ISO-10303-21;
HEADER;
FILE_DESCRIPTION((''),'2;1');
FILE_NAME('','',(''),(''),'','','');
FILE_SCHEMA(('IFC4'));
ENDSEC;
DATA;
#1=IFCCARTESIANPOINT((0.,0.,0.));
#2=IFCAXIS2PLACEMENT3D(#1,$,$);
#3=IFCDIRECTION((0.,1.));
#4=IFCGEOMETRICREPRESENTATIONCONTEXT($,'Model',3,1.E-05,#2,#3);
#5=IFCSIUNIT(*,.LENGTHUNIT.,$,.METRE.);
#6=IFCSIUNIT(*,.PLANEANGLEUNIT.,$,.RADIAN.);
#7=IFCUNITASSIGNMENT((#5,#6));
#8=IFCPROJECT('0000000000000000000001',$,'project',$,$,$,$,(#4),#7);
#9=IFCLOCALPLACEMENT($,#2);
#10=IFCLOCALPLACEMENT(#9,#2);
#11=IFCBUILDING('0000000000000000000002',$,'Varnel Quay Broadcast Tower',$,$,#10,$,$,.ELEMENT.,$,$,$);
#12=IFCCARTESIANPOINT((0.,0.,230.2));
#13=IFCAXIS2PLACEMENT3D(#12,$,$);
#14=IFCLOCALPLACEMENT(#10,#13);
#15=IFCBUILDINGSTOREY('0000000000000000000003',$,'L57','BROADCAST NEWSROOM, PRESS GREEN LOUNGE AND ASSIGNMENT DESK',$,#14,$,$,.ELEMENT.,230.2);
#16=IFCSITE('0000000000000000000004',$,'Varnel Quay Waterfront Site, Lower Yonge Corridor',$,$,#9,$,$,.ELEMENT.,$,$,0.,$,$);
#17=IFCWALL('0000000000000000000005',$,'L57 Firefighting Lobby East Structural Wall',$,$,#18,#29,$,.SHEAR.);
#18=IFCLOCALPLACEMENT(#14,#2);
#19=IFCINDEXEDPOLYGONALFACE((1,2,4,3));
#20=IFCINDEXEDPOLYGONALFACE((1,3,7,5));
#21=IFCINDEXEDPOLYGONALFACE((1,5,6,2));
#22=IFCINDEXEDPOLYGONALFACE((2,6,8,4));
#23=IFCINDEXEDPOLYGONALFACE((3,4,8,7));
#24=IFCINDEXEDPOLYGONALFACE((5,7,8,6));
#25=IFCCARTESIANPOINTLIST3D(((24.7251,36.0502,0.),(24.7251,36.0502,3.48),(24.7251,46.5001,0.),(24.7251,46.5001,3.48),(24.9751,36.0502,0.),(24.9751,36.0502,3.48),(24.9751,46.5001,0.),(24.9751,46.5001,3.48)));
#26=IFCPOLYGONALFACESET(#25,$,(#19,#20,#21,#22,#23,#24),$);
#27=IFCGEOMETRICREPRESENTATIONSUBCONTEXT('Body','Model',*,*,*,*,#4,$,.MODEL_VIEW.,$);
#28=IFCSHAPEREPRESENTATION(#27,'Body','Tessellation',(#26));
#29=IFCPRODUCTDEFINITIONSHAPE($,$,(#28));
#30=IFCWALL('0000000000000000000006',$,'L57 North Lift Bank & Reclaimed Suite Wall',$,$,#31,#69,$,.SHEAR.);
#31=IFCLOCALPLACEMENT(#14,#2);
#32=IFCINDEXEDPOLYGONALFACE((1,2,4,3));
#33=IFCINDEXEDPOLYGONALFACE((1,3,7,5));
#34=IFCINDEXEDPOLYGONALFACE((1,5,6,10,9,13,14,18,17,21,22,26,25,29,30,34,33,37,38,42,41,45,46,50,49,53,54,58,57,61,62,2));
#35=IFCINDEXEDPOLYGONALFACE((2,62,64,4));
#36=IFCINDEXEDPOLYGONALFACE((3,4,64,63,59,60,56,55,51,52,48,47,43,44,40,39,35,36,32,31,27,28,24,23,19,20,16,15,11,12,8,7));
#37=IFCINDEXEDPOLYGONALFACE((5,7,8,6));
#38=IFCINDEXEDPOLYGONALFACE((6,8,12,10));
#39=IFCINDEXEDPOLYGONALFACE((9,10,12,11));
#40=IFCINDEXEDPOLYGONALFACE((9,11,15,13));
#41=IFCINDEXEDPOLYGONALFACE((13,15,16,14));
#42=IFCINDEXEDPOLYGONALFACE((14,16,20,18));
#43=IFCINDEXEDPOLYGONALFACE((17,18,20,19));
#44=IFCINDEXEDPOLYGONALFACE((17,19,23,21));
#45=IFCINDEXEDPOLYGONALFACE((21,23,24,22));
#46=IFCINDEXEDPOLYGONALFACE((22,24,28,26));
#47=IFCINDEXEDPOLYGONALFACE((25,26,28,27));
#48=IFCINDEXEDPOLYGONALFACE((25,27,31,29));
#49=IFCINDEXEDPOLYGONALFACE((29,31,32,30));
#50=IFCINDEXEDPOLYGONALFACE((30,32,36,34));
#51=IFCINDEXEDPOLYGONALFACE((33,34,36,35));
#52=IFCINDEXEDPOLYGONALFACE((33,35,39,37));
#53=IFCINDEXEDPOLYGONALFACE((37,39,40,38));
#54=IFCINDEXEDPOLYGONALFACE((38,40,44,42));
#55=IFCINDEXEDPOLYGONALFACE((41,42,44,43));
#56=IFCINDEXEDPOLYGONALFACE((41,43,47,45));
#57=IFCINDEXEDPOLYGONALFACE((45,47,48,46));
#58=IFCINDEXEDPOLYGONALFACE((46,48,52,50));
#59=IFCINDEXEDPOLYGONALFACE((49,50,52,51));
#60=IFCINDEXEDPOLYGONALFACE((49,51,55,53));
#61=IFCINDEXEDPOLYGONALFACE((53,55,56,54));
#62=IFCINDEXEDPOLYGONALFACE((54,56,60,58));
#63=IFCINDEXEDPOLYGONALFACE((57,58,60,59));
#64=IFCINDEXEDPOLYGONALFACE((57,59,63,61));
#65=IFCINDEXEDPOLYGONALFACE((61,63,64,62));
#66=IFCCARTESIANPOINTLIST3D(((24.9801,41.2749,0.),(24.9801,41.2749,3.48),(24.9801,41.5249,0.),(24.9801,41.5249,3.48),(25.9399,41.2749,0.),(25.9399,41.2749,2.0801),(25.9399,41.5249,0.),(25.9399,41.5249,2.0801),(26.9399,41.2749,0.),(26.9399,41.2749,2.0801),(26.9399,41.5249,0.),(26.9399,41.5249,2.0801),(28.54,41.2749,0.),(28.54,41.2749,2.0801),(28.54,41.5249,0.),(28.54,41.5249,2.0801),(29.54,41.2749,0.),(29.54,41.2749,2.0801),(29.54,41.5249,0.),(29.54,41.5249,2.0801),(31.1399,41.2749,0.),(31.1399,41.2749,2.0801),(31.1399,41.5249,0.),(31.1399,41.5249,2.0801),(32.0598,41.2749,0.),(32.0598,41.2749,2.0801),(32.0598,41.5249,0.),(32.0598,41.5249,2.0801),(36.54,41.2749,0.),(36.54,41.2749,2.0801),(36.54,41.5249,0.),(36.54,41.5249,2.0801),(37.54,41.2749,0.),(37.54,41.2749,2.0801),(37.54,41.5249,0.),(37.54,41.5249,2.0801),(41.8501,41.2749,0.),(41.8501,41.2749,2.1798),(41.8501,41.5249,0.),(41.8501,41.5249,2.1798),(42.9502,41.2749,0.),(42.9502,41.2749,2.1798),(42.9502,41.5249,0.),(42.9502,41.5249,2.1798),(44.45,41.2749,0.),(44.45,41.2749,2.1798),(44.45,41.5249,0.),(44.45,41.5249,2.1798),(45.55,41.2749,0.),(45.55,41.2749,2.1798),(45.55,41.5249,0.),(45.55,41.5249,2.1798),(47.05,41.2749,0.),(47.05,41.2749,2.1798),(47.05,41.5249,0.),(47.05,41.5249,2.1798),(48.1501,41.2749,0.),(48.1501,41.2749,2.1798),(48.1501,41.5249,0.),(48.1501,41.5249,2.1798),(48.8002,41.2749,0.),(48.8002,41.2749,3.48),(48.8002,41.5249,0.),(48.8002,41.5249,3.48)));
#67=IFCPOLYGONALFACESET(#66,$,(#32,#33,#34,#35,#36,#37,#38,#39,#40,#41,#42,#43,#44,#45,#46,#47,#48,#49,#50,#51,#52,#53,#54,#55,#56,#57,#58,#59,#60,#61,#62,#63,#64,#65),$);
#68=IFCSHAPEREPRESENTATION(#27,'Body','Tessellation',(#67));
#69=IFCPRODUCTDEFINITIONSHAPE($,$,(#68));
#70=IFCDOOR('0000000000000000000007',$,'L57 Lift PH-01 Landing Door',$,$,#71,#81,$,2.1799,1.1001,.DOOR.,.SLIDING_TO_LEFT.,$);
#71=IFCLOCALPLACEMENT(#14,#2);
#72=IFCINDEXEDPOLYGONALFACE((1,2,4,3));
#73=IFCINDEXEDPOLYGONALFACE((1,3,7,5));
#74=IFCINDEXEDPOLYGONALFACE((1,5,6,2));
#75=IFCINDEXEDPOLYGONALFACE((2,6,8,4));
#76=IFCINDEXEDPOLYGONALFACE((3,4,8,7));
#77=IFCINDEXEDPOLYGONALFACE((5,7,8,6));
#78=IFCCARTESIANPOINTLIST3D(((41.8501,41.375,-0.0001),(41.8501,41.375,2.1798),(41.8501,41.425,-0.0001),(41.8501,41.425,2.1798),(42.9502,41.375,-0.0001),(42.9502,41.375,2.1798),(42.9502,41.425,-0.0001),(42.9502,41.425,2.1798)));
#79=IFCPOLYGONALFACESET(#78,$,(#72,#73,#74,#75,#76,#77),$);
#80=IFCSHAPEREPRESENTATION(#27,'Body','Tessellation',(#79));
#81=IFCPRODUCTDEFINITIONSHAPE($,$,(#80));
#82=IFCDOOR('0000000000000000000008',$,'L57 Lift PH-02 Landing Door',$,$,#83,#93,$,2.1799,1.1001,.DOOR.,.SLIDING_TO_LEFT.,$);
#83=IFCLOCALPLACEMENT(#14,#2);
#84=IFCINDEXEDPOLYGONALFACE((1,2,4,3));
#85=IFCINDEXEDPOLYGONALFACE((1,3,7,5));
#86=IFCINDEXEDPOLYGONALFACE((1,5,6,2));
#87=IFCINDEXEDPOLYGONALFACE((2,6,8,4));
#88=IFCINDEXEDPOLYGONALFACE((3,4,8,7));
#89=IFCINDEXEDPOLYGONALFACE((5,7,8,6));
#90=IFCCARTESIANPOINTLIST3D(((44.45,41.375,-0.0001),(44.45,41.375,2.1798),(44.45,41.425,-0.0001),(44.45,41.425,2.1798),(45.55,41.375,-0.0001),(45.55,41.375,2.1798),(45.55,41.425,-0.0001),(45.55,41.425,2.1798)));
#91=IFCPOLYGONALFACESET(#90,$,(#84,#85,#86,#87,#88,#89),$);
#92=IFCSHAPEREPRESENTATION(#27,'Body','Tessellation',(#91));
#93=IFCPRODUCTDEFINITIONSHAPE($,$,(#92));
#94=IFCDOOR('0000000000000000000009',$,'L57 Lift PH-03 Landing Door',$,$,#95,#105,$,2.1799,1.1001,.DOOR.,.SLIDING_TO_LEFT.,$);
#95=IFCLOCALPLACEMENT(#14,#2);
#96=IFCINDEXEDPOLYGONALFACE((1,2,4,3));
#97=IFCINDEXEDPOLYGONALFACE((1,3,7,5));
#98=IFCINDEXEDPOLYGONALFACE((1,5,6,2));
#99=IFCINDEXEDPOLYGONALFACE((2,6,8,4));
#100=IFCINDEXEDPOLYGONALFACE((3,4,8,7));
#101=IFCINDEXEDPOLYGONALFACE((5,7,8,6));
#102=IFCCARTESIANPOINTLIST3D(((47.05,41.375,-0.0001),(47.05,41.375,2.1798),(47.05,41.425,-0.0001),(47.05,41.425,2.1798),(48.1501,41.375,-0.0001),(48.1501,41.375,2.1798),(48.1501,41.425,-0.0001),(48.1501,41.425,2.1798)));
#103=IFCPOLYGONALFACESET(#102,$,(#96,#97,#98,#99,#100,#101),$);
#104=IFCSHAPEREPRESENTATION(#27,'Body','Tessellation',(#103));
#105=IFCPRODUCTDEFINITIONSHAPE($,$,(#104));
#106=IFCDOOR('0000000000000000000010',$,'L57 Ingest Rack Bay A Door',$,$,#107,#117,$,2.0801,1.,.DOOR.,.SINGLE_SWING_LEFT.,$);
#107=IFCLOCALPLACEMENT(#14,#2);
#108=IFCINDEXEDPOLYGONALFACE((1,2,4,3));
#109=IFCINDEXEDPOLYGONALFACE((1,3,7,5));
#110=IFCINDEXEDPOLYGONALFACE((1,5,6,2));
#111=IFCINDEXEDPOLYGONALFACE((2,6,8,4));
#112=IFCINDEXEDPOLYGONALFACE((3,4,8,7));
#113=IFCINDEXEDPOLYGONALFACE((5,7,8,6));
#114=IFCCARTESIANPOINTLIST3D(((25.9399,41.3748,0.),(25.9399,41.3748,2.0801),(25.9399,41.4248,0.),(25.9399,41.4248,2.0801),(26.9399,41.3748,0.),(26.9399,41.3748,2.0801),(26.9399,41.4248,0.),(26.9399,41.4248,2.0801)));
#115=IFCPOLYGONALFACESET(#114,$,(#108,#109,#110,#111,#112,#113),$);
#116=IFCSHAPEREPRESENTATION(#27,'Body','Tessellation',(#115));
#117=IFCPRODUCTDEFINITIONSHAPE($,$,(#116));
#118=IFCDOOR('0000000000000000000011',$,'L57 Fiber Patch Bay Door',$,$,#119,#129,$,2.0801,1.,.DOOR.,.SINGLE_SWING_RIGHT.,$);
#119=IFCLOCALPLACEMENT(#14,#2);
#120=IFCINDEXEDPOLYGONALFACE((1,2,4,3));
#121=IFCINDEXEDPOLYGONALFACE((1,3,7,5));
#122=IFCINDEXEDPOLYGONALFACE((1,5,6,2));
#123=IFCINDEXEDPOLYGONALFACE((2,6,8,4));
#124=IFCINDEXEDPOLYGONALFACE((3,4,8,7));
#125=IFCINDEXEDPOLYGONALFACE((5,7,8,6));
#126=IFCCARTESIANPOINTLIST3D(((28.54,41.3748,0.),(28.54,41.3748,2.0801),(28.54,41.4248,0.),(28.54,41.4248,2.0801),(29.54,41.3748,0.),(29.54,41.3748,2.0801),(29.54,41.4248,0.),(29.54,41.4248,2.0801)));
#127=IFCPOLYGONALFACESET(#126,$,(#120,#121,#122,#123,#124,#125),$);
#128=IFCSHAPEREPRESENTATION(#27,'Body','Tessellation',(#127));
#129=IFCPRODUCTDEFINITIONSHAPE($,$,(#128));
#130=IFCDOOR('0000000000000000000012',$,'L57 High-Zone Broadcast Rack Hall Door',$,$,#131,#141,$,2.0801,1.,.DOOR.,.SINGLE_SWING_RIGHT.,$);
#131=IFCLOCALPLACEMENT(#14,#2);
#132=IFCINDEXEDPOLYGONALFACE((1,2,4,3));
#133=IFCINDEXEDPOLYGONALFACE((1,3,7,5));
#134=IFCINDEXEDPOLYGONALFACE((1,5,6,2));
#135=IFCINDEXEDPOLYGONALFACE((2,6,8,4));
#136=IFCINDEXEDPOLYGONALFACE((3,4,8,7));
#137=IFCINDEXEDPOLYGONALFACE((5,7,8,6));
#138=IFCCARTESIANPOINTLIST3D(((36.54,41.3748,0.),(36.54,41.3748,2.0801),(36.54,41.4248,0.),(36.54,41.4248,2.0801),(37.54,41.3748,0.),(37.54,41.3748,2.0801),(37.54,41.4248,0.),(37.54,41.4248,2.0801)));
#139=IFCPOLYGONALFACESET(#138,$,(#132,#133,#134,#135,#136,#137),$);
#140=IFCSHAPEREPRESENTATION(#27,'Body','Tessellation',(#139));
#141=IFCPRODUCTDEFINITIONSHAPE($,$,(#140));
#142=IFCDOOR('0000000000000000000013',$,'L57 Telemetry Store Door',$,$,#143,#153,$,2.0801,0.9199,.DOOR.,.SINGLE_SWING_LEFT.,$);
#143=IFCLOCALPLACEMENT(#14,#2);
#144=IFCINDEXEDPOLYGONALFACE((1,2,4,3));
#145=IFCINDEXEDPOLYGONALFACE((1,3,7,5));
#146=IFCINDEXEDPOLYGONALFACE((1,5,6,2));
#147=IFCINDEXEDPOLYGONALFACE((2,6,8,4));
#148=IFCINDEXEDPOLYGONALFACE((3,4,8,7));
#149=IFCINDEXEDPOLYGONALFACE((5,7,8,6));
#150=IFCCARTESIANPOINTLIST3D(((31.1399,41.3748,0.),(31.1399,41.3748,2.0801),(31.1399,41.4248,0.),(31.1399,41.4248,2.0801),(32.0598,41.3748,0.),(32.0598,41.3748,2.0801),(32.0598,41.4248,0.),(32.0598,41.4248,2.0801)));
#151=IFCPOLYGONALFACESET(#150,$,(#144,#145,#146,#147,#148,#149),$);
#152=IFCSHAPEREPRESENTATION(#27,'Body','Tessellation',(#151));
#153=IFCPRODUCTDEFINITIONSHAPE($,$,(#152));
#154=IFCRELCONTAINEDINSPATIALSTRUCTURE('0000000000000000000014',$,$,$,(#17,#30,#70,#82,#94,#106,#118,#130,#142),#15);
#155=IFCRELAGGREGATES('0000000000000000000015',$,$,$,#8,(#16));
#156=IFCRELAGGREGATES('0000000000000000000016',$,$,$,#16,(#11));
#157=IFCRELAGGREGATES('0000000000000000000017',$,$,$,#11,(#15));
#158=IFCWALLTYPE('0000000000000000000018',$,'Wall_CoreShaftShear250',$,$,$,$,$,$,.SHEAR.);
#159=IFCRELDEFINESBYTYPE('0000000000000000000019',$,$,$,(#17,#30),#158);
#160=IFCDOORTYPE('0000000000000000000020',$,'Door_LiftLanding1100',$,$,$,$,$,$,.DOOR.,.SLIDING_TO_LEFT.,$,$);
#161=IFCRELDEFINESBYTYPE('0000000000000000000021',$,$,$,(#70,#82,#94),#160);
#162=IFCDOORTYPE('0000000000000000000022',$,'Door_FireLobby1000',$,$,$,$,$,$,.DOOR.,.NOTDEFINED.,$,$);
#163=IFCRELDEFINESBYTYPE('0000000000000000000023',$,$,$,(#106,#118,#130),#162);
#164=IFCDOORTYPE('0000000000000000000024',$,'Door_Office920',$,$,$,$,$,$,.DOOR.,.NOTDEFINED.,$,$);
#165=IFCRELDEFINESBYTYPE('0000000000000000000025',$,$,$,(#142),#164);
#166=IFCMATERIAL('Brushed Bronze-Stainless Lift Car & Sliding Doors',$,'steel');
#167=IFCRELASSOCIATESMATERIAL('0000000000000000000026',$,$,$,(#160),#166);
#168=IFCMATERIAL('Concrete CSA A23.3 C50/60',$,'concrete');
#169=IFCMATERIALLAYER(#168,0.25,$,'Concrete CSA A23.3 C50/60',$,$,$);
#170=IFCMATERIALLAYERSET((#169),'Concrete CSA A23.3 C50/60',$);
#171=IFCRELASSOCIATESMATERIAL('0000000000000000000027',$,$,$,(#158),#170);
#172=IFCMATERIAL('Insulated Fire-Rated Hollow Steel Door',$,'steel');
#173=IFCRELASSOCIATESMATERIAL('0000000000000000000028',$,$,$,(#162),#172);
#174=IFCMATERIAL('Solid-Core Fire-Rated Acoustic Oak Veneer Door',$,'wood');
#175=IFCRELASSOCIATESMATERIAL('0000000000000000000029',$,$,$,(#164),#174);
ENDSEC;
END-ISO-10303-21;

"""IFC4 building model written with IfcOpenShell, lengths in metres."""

from ifc_helpers import new_model, si_unit, direction, frame, frame_2d, origin, place, context, subcontext, project, spatial, rectangle, extrude, source, transform, mapped, material, layer, layer_set, type_object, type_shapes, element, fill, save


model = new_model("IFC4")

# Units and contexts
model_context = context("Model", 3, precision=1e-05, world=origin(), true_north=direction((0.0, 1.0)))
body_context = subcontext(model_context, "Body", "Model", "MODEL_VIEW")
ifc_project = project(units=[si_unit("LENGTHUNIT", "METRE"), si_unit("PLANEANGLEUNIT", "RADIAN")], contexts=[model_context])

# Site, building, storey
site_placement = place(None, origin())
site = spatial("IfcSite", under=ifc_project, at=site_placement, Name="Varnel Quay Waterfront Site, Lower Yonge Corridor", CompositionType="ELEMENT", RefElevation=0.0)
building_placement = place(site_placement, origin())
building = spatial("IfcBuilding", under=site, at=building_placement, Name="Varnel Quay Broadcast Tower", CompositionType="ELEMENT")
storey_placement = place(building_placement, frame((0.0, 0.0, 230.2)))
storey = spatial("IfcBuildingStorey", under=building, at=storey_placement, Name="L57", Description="BROADCAST NEWSROOM, PRESS GREEN LOUNGE AND ASSIGNMENT DESK", CompositionType="ELEMENT", Elevation=230.2)

# Shared definitions
ifc_material_1 = material(Name="Concrete CSA A23.3 C50/60", Category="concrete")
ifc_material_2 = material(Name="Insulated Fire-Rated Hollow Steel Door", Category="steel")

# Shared definitions
ifc_material_3 = material(Name="Brushed Bronze-Stainless Lift Car & Sliding Doors", Category="steel")
door_type_1 = type_object("IfcDoorType", Name="Door_LiftLanding1100", OperationType="SLIDING_TO_LEFT", PredefinedType="DOOR", material=ifc_material_3)
shared_shape_1 = source(origin(), body_context, "Body", "SweptSolid", [
    extrude(rectangle(XDim=1.1001, YDim=2.1799, at=frame_2d((0.55, 1.0898))), frame((0.0, 0.0249, 0.0), z_axis=(0.0, -1.0, 0.0), x_axis=(1.0, 0.0, 0.0)), (0.0, 0.0, 1.0), 0.05),
])
type_shapes(door_type_1, [shared_shape_1])

# Wall
ifc_layer_1 = layer(ifc_material_1, 0.25, Name="Concrete CSA A23.3 C50/60")
ifc_layer_set_1 = layer_set([ifc_layer_1], Name="Concrete CSA A23.3 C50/60")
wall_type_1 = type_object("IfcWallType", Name="Wall_CoreShaftShear250", PredefinedType="SHEAR", material=ifc_layer_set_1)
wall_1_placement = place(storey_placement, frame((24.8501, 36.05, 0.0), z_axis=(0.0, 0.0, 1.0), x_axis=(0.0, 1.0, 0.0)))
element("IfcWall", 1, at=wall_1_placement, inside=storey, type_object=wall_type_1, Name="L57 Firefighting Lobby East Structural Wall", PredefinedType="SHEAR", context=body_context, shape_type="SweptSolid", body=[
    extrude(rectangle(XDim=10.45, YDim=0.25, at=frame_2d((5.2251, 0.0))), origin(), (0.0, 0.0, 1.0), 3.48),
])

# Wall, openings, doors
wall_2_placement = place(storey_placement, frame((24.98, 41.3999, 0.0), z_axis=(0.0, 0.0, 1.0), x_axis=(1.0, 0.0, 0.0)))
wall_2 = element("IfcWall", 2, at=wall_2_placement, inside=storey, type_object=wall_type_1, Name="L57 North Lift Bank & Reclaimed Suite Wall", PredefinedType="SHEAR", context=body_context, shape_type="SweptSolid", body=[
    extrude(rectangle(XDim=23.8201, YDim=0.25, at=frame_2d((11.9102, 0.0))), origin(), (0.0, 0.0, 1.0), 3.48),
])
opening_1_placement = place(wall_2_placement, frame((16.8701, 0.0, 0.0)))
opening_1 = element("IfcOpeningElement", 3, at=opening_1_placement, cuts=wall_2, PredefinedType="OPENING", context=body_context, shape_type="SweptSolid", body=[
    extrude(rectangle(XDim=1.1001, YDim=2.1799, at=frame_2d((0.55, 1.0898))), frame((0.0, 0.135, 0.0), z_axis=(0.0, -1.0, 0.0), x_axis=(1.0, 0.0, 0.0)), (0.0, 0.0, 1.0), 0.27),
])
opening_2_placement = place(wall_2_placement, frame((19.47, 0.0, 0.0)))
opening_2 = element("IfcOpeningElement", 4, at=opening_2_placement, cuts=wall_2, PredefinedType="OPENING", context=body_context, shape_type="SweptSolid", body=[
    extrude(rectangle(XDim=1.1001, YDim=2.1799, at=frame_2d((0.55, 1.0898))), frame((0.0, 0.135, 0.0), z_axis=(0.0, -1.0, 0.0), x_axis=(1.0, 0.0, 0.0)), (0.0, 0.0, 1.0), 0.27),
])
opening_3_placement = place(wall_2_placement, frame((22.0701, 0.0, 0.0)))
opening_3 = element("IfcOpeningElement", 5, at=opening_3_placement, cuts=wall_2, PredefinedType="OPENING", context=body_context, shape_type="SweptSolid", body=[
    extrude(rectangle(XDim=1.1001, YDim=2.1799, at=frame_2d((0.55, 1.0898))), frame((0.0, 0.135, 0.0), z_axis=(0.0, -1.0, 0.0), x_axis=(1.0, 0.0, 0.0)), (0.0, 0.0, 1.0), 0.27),
])
opening_4_placement = place(wall_2_placement, frame((0.96, 0.0, 0.0)))
opening_4 = element("IfcOpeningElement", 6, at=opening_4_placement, cuts=wall_2, PredefinedType="OPENING", context=body_context, shape_type="SweptSolid", body=[
    extrude(rectangle(XDim=1.0, YDim=2.0801, at=frame_2d((0.5, 1.04))), frame((0.0, 0.135, 0.0), z_axis=(0.0, -1.0, 0.0), x_axis=(1.0, 0.0, 0.0)), (0.0, 0.0, 1.0), 0.27),
])
opening_5_placement = place(wall_2_placement, frame((3.5601, 0.0, 0.0)))
opening_5 = element("IfcOpeningElement", 7, at=opening_5_placement, cuts=wall_2, PredefinedType="OPENING", context=body_context, shape_type="SweptSolid", body=[
    extrude(rectangle(XDim=1.0, YDim=2.0801, at=frame_2d((0.5, 1.04))), frame((0.0, 0.135, 0.0), z_axis=(0.0, -1.0, 0.0), x_axis=(1.0, 0.0, 0.0)), (0.0, 0.0, 1.0), 0.27),
])
opening_6_placement = place(wall_2_placement, frame((6.1599, 0.0, 0.0)))
opening_6 = element("IfcOpeningElement", 8, at=opening_6_placement, cuts=wall_2, PredefinedType="OPENING", context=body_context, shape_type="SweptSolid", body=[
    extrude(rectangle(XDim=0.9199, YDim=2.0801, at=frame_2d((0.46, 1.04))), frame((0.0, 0.135, 0.0), z_axis=(0.0, -1.0, 0.0), x_axis=(1.0, 0.0, 0.0)), (0.0, 0.0, 1.0), 0.27),
])
opening_7_placement = place(wall_2_placement, frame((11.5601, 0.0, 0.0)))
opening_7 = element("IfcOpeningElement", 9, at=opening_7_placement, cuts=wall_2, PredefinedType="OPENING", context=body_context, shape_type="SweptSolid", body=[
    extrude(rectangle(XDim=1.0, YDim=2.0801, at=frame_2d((0.5, 1.04))), frame((0.0, 0.135, 0.0), z_axis=(0.0, -1.0, 0.0), x_axis=(1.0, 0.0, 0.0)), (0.0, 0.0, 1.0), 0.27),
])
door_1_placement = place(opening_1_placement, frame((1.1001, 0.0, 0.0), z_axis=(0.0, 0.0, 1.0), x_axis=(-1.0, 0.0, 0.0)))
door_1 = element("IfcDoor", 10, at=door_1_placement, inside=storey, type_object=door_type_1, Name="L57 Lift PH-01 Landing Door", OperationType="SLIDING_TO_LEFT", OverallHeight=2.1799, OverallWidth=1.1001, PredefinedType="DOOR", context=body_context, shape_type="MappedRepresentation", body=[
    mapped(shared_shape_1, transform((0.0, 0.0, 0.0), x_axis=(1.0, 0.0, 0.0), y_axis=(0.0, 1.0, 0.0), z_axis=(0.0, 0.0, 1.0), scale=1.0)),
])
fill(opening_1, door_1)
door_2_placement = place(opening_2_placement, frame((1.1001, 0.0, 0.0), z_axis=(0.0, 0.0, 1.0), x_axis=(-1.0, 0.0, 0.0)))
door_2 = element("IfcDoor", 11, at=door_2_placement, inside=storey, type_object=door_type_1, Name="L57 Lift PH-02 Landing Door", OperationType="SLIDING_TO_LEFT", OverallHeight=2.1799, OverallWidth=1.1001, PredefinedType="DOOR", context=body_context, shape_type="MappedRepresentation", body=[
    mapped(shared_shape_1, transform((0.0, 0.0, 0.0), x_axis=(1.0, 0.0, 0.0), y_axis=(0.0, 1.0, 0.0), z_axis=(0.0, 0.0, 1.0), scale=1.0)),
])
fill(opening_2, door_2)
door_3_placement = place(opening_3_placement, frame((1.1001, 0.0, 0.0), z_axis=(0.0, 0.0, 1.0), x_axis=(-1.0, 0.0, 0.0)))
door_3 = element("IfcDoor", 12, at=door_3_placement, inside=storey, type_object=door_type_1, Name="L57 Lift PH-03 Landing Door", OperationType="SLIDING_TO_LEFT", OverallHeight=2.1799, OverallWidth=1.1001, PredefinedType="DOOR", context=body_context, shape_type="MappedRepresentation", body=[
    mapped(shared_shape_1, transform((0.0, 0.0, 0.0), x_axis=(1.0, 0.0, 0.0), y_axis=(0.0, 1.0, 0.0), z_axis=(0.0, 0.0, 1.0), scale=1.0)),
])
fill(opening_3, door_3)
door_type_2 = type_object("IfcDoorType", Name="Door_FireLobby1000", OperationType="NOTDEFINED", PredefinedType="DOOR", material=ifc_material_2)
shared_shape_2 = source(origin(), body_context, "Body", "SweptSolid", [
    extrude(rectangle(XDim=1.0, YDim=2.0801, at=frame_2d((0.5, 1.04))), frame((0.0, 0.0249, 0.0), z_axis=(0.0, -1.0, 0.0), x_axis=(1.0, 0.0, 0.0)), (0.0, 0.0, 1.0), 0.05),
])
type_shapes(door_type_2, [shared_shape_2])
door_4_placement = place(opening_4_placement, origin())
door_4 = element("IfcDoor", 13, at=door_4_placement, inside=storey, type_object=door_type_2, Name="L57 Ingest Rack Bay A Door", OperationType="SINGLE_SWING_LEFT", OverallHeight=2.0801, OverallWidth=1.0, PredefinedType="DOOR", context=body_context, shape_type="MappedRepresentation", body=[
    mapped(shared_shape_2, transform((0.0, 0.0, 0.0), x_axis=(1.0, 0.0, 0.0), y_axis=(0.0, 1.0, 0.0), z_axis=(0.0, 0.0, 1.0), scale=1.0)),
])
fill(opening_4, door_4)
door_5_placement = place(opening_5_placement, origin())
door_5 = element("IfcDoor", 14, at=door_5_placement, inside=storey, type_object=door_type_2, Name="L57 Fiber Patch Bay Door", OperationType="SINGLE_SWING_RIGHT", OverallHeight=2.0801, OverallWidth=1.0, PredefinedType="DOOR", context=body_context, shape_type="MappedRepresentation", body=[
    mapped(shared_shape_2, transform((0.0, 0.0, 0.0), x_axis=(1.0, 0.0, 0.0), y_axis=(0.0, 1.0, 0.0), z_axis=(0.0, 0.0, 1.0), scale=1.0)),
])
fill(opening_5, door_5)
door_6_placement = place(opening_7_placement, origin())
door_6 = element("IfcDoor", 15, at=door_6_placement, inside=storey, type_object=door_type_2, Name="L57 High-Zone Broadcast Rack Hall Door", OperationType="SINGLE_SWING_RIGHT", OverallHeight=2.0801, OverallWidth=1.0, PredefinedType="DOOR", context=body_context, shape_type="MappedRepresentation", body=[
    mapped(shared_shape_2, transform((0.0, 0.0, 0.0), x_axis=(1.0, 0.0, 0.0), y_axis=(0.0, 1.0, 0.0), z_axis=(0.0, 0.0, 1.0), scale=1.0)),
])
fill(opening_7, door_6)
ifc_material_4 = material(Name="Solid-Core Fire-Rated Acoustic Oak Veneer Door", Category="wood")
door_type_3 = type_object("IfcDoorType", Name="Door_Office920", OperationType="NOTDEFINED", PredefinedType="DOOR", material=ifc_material_4)
shared_shape_3 = source(origin(), body_context, "Body", "SweptSolid", [
    extrude(rectangle(XDim=0.9199, YDim=2.0801, at=frame_2d((0.46, 1.04))), frame((0.0, 0.0249, 0.0), z_axis=(0.0, -1.0, 0.0), x_axis=(1.0, 0.0, 0.0)), (0.0, 0.0, 1.0), 0.05),
])
type_shapes(door_type_3, [shared_shape_3])
door_7_placement = place(opening_6_placement, origin())
door_7 = element("IfcDoor", 16, at=door_7_placement, inside=storey, type_object=door_type_3, Name="L57 Telemetry Store Door", OperationType="SINGLE_SWING_LEFT", OverallHeight=2.0801, OverallWidth=0.9199, PredefinedType="DOOR", context=body_context, shape_type="MappedRepresentation", body=[
    mapped(shared_shape_3, transform((0.0, 0.0, 0.0), x_axis=(1.0, 0.0, 0.0), y_axis=(0.0, 1.0, 0.0), z_axis=(0.0, 0.0, 1.0), scale=1.0)),
])
fill(opening_6, door_7)

save(model, "model.ifc")
